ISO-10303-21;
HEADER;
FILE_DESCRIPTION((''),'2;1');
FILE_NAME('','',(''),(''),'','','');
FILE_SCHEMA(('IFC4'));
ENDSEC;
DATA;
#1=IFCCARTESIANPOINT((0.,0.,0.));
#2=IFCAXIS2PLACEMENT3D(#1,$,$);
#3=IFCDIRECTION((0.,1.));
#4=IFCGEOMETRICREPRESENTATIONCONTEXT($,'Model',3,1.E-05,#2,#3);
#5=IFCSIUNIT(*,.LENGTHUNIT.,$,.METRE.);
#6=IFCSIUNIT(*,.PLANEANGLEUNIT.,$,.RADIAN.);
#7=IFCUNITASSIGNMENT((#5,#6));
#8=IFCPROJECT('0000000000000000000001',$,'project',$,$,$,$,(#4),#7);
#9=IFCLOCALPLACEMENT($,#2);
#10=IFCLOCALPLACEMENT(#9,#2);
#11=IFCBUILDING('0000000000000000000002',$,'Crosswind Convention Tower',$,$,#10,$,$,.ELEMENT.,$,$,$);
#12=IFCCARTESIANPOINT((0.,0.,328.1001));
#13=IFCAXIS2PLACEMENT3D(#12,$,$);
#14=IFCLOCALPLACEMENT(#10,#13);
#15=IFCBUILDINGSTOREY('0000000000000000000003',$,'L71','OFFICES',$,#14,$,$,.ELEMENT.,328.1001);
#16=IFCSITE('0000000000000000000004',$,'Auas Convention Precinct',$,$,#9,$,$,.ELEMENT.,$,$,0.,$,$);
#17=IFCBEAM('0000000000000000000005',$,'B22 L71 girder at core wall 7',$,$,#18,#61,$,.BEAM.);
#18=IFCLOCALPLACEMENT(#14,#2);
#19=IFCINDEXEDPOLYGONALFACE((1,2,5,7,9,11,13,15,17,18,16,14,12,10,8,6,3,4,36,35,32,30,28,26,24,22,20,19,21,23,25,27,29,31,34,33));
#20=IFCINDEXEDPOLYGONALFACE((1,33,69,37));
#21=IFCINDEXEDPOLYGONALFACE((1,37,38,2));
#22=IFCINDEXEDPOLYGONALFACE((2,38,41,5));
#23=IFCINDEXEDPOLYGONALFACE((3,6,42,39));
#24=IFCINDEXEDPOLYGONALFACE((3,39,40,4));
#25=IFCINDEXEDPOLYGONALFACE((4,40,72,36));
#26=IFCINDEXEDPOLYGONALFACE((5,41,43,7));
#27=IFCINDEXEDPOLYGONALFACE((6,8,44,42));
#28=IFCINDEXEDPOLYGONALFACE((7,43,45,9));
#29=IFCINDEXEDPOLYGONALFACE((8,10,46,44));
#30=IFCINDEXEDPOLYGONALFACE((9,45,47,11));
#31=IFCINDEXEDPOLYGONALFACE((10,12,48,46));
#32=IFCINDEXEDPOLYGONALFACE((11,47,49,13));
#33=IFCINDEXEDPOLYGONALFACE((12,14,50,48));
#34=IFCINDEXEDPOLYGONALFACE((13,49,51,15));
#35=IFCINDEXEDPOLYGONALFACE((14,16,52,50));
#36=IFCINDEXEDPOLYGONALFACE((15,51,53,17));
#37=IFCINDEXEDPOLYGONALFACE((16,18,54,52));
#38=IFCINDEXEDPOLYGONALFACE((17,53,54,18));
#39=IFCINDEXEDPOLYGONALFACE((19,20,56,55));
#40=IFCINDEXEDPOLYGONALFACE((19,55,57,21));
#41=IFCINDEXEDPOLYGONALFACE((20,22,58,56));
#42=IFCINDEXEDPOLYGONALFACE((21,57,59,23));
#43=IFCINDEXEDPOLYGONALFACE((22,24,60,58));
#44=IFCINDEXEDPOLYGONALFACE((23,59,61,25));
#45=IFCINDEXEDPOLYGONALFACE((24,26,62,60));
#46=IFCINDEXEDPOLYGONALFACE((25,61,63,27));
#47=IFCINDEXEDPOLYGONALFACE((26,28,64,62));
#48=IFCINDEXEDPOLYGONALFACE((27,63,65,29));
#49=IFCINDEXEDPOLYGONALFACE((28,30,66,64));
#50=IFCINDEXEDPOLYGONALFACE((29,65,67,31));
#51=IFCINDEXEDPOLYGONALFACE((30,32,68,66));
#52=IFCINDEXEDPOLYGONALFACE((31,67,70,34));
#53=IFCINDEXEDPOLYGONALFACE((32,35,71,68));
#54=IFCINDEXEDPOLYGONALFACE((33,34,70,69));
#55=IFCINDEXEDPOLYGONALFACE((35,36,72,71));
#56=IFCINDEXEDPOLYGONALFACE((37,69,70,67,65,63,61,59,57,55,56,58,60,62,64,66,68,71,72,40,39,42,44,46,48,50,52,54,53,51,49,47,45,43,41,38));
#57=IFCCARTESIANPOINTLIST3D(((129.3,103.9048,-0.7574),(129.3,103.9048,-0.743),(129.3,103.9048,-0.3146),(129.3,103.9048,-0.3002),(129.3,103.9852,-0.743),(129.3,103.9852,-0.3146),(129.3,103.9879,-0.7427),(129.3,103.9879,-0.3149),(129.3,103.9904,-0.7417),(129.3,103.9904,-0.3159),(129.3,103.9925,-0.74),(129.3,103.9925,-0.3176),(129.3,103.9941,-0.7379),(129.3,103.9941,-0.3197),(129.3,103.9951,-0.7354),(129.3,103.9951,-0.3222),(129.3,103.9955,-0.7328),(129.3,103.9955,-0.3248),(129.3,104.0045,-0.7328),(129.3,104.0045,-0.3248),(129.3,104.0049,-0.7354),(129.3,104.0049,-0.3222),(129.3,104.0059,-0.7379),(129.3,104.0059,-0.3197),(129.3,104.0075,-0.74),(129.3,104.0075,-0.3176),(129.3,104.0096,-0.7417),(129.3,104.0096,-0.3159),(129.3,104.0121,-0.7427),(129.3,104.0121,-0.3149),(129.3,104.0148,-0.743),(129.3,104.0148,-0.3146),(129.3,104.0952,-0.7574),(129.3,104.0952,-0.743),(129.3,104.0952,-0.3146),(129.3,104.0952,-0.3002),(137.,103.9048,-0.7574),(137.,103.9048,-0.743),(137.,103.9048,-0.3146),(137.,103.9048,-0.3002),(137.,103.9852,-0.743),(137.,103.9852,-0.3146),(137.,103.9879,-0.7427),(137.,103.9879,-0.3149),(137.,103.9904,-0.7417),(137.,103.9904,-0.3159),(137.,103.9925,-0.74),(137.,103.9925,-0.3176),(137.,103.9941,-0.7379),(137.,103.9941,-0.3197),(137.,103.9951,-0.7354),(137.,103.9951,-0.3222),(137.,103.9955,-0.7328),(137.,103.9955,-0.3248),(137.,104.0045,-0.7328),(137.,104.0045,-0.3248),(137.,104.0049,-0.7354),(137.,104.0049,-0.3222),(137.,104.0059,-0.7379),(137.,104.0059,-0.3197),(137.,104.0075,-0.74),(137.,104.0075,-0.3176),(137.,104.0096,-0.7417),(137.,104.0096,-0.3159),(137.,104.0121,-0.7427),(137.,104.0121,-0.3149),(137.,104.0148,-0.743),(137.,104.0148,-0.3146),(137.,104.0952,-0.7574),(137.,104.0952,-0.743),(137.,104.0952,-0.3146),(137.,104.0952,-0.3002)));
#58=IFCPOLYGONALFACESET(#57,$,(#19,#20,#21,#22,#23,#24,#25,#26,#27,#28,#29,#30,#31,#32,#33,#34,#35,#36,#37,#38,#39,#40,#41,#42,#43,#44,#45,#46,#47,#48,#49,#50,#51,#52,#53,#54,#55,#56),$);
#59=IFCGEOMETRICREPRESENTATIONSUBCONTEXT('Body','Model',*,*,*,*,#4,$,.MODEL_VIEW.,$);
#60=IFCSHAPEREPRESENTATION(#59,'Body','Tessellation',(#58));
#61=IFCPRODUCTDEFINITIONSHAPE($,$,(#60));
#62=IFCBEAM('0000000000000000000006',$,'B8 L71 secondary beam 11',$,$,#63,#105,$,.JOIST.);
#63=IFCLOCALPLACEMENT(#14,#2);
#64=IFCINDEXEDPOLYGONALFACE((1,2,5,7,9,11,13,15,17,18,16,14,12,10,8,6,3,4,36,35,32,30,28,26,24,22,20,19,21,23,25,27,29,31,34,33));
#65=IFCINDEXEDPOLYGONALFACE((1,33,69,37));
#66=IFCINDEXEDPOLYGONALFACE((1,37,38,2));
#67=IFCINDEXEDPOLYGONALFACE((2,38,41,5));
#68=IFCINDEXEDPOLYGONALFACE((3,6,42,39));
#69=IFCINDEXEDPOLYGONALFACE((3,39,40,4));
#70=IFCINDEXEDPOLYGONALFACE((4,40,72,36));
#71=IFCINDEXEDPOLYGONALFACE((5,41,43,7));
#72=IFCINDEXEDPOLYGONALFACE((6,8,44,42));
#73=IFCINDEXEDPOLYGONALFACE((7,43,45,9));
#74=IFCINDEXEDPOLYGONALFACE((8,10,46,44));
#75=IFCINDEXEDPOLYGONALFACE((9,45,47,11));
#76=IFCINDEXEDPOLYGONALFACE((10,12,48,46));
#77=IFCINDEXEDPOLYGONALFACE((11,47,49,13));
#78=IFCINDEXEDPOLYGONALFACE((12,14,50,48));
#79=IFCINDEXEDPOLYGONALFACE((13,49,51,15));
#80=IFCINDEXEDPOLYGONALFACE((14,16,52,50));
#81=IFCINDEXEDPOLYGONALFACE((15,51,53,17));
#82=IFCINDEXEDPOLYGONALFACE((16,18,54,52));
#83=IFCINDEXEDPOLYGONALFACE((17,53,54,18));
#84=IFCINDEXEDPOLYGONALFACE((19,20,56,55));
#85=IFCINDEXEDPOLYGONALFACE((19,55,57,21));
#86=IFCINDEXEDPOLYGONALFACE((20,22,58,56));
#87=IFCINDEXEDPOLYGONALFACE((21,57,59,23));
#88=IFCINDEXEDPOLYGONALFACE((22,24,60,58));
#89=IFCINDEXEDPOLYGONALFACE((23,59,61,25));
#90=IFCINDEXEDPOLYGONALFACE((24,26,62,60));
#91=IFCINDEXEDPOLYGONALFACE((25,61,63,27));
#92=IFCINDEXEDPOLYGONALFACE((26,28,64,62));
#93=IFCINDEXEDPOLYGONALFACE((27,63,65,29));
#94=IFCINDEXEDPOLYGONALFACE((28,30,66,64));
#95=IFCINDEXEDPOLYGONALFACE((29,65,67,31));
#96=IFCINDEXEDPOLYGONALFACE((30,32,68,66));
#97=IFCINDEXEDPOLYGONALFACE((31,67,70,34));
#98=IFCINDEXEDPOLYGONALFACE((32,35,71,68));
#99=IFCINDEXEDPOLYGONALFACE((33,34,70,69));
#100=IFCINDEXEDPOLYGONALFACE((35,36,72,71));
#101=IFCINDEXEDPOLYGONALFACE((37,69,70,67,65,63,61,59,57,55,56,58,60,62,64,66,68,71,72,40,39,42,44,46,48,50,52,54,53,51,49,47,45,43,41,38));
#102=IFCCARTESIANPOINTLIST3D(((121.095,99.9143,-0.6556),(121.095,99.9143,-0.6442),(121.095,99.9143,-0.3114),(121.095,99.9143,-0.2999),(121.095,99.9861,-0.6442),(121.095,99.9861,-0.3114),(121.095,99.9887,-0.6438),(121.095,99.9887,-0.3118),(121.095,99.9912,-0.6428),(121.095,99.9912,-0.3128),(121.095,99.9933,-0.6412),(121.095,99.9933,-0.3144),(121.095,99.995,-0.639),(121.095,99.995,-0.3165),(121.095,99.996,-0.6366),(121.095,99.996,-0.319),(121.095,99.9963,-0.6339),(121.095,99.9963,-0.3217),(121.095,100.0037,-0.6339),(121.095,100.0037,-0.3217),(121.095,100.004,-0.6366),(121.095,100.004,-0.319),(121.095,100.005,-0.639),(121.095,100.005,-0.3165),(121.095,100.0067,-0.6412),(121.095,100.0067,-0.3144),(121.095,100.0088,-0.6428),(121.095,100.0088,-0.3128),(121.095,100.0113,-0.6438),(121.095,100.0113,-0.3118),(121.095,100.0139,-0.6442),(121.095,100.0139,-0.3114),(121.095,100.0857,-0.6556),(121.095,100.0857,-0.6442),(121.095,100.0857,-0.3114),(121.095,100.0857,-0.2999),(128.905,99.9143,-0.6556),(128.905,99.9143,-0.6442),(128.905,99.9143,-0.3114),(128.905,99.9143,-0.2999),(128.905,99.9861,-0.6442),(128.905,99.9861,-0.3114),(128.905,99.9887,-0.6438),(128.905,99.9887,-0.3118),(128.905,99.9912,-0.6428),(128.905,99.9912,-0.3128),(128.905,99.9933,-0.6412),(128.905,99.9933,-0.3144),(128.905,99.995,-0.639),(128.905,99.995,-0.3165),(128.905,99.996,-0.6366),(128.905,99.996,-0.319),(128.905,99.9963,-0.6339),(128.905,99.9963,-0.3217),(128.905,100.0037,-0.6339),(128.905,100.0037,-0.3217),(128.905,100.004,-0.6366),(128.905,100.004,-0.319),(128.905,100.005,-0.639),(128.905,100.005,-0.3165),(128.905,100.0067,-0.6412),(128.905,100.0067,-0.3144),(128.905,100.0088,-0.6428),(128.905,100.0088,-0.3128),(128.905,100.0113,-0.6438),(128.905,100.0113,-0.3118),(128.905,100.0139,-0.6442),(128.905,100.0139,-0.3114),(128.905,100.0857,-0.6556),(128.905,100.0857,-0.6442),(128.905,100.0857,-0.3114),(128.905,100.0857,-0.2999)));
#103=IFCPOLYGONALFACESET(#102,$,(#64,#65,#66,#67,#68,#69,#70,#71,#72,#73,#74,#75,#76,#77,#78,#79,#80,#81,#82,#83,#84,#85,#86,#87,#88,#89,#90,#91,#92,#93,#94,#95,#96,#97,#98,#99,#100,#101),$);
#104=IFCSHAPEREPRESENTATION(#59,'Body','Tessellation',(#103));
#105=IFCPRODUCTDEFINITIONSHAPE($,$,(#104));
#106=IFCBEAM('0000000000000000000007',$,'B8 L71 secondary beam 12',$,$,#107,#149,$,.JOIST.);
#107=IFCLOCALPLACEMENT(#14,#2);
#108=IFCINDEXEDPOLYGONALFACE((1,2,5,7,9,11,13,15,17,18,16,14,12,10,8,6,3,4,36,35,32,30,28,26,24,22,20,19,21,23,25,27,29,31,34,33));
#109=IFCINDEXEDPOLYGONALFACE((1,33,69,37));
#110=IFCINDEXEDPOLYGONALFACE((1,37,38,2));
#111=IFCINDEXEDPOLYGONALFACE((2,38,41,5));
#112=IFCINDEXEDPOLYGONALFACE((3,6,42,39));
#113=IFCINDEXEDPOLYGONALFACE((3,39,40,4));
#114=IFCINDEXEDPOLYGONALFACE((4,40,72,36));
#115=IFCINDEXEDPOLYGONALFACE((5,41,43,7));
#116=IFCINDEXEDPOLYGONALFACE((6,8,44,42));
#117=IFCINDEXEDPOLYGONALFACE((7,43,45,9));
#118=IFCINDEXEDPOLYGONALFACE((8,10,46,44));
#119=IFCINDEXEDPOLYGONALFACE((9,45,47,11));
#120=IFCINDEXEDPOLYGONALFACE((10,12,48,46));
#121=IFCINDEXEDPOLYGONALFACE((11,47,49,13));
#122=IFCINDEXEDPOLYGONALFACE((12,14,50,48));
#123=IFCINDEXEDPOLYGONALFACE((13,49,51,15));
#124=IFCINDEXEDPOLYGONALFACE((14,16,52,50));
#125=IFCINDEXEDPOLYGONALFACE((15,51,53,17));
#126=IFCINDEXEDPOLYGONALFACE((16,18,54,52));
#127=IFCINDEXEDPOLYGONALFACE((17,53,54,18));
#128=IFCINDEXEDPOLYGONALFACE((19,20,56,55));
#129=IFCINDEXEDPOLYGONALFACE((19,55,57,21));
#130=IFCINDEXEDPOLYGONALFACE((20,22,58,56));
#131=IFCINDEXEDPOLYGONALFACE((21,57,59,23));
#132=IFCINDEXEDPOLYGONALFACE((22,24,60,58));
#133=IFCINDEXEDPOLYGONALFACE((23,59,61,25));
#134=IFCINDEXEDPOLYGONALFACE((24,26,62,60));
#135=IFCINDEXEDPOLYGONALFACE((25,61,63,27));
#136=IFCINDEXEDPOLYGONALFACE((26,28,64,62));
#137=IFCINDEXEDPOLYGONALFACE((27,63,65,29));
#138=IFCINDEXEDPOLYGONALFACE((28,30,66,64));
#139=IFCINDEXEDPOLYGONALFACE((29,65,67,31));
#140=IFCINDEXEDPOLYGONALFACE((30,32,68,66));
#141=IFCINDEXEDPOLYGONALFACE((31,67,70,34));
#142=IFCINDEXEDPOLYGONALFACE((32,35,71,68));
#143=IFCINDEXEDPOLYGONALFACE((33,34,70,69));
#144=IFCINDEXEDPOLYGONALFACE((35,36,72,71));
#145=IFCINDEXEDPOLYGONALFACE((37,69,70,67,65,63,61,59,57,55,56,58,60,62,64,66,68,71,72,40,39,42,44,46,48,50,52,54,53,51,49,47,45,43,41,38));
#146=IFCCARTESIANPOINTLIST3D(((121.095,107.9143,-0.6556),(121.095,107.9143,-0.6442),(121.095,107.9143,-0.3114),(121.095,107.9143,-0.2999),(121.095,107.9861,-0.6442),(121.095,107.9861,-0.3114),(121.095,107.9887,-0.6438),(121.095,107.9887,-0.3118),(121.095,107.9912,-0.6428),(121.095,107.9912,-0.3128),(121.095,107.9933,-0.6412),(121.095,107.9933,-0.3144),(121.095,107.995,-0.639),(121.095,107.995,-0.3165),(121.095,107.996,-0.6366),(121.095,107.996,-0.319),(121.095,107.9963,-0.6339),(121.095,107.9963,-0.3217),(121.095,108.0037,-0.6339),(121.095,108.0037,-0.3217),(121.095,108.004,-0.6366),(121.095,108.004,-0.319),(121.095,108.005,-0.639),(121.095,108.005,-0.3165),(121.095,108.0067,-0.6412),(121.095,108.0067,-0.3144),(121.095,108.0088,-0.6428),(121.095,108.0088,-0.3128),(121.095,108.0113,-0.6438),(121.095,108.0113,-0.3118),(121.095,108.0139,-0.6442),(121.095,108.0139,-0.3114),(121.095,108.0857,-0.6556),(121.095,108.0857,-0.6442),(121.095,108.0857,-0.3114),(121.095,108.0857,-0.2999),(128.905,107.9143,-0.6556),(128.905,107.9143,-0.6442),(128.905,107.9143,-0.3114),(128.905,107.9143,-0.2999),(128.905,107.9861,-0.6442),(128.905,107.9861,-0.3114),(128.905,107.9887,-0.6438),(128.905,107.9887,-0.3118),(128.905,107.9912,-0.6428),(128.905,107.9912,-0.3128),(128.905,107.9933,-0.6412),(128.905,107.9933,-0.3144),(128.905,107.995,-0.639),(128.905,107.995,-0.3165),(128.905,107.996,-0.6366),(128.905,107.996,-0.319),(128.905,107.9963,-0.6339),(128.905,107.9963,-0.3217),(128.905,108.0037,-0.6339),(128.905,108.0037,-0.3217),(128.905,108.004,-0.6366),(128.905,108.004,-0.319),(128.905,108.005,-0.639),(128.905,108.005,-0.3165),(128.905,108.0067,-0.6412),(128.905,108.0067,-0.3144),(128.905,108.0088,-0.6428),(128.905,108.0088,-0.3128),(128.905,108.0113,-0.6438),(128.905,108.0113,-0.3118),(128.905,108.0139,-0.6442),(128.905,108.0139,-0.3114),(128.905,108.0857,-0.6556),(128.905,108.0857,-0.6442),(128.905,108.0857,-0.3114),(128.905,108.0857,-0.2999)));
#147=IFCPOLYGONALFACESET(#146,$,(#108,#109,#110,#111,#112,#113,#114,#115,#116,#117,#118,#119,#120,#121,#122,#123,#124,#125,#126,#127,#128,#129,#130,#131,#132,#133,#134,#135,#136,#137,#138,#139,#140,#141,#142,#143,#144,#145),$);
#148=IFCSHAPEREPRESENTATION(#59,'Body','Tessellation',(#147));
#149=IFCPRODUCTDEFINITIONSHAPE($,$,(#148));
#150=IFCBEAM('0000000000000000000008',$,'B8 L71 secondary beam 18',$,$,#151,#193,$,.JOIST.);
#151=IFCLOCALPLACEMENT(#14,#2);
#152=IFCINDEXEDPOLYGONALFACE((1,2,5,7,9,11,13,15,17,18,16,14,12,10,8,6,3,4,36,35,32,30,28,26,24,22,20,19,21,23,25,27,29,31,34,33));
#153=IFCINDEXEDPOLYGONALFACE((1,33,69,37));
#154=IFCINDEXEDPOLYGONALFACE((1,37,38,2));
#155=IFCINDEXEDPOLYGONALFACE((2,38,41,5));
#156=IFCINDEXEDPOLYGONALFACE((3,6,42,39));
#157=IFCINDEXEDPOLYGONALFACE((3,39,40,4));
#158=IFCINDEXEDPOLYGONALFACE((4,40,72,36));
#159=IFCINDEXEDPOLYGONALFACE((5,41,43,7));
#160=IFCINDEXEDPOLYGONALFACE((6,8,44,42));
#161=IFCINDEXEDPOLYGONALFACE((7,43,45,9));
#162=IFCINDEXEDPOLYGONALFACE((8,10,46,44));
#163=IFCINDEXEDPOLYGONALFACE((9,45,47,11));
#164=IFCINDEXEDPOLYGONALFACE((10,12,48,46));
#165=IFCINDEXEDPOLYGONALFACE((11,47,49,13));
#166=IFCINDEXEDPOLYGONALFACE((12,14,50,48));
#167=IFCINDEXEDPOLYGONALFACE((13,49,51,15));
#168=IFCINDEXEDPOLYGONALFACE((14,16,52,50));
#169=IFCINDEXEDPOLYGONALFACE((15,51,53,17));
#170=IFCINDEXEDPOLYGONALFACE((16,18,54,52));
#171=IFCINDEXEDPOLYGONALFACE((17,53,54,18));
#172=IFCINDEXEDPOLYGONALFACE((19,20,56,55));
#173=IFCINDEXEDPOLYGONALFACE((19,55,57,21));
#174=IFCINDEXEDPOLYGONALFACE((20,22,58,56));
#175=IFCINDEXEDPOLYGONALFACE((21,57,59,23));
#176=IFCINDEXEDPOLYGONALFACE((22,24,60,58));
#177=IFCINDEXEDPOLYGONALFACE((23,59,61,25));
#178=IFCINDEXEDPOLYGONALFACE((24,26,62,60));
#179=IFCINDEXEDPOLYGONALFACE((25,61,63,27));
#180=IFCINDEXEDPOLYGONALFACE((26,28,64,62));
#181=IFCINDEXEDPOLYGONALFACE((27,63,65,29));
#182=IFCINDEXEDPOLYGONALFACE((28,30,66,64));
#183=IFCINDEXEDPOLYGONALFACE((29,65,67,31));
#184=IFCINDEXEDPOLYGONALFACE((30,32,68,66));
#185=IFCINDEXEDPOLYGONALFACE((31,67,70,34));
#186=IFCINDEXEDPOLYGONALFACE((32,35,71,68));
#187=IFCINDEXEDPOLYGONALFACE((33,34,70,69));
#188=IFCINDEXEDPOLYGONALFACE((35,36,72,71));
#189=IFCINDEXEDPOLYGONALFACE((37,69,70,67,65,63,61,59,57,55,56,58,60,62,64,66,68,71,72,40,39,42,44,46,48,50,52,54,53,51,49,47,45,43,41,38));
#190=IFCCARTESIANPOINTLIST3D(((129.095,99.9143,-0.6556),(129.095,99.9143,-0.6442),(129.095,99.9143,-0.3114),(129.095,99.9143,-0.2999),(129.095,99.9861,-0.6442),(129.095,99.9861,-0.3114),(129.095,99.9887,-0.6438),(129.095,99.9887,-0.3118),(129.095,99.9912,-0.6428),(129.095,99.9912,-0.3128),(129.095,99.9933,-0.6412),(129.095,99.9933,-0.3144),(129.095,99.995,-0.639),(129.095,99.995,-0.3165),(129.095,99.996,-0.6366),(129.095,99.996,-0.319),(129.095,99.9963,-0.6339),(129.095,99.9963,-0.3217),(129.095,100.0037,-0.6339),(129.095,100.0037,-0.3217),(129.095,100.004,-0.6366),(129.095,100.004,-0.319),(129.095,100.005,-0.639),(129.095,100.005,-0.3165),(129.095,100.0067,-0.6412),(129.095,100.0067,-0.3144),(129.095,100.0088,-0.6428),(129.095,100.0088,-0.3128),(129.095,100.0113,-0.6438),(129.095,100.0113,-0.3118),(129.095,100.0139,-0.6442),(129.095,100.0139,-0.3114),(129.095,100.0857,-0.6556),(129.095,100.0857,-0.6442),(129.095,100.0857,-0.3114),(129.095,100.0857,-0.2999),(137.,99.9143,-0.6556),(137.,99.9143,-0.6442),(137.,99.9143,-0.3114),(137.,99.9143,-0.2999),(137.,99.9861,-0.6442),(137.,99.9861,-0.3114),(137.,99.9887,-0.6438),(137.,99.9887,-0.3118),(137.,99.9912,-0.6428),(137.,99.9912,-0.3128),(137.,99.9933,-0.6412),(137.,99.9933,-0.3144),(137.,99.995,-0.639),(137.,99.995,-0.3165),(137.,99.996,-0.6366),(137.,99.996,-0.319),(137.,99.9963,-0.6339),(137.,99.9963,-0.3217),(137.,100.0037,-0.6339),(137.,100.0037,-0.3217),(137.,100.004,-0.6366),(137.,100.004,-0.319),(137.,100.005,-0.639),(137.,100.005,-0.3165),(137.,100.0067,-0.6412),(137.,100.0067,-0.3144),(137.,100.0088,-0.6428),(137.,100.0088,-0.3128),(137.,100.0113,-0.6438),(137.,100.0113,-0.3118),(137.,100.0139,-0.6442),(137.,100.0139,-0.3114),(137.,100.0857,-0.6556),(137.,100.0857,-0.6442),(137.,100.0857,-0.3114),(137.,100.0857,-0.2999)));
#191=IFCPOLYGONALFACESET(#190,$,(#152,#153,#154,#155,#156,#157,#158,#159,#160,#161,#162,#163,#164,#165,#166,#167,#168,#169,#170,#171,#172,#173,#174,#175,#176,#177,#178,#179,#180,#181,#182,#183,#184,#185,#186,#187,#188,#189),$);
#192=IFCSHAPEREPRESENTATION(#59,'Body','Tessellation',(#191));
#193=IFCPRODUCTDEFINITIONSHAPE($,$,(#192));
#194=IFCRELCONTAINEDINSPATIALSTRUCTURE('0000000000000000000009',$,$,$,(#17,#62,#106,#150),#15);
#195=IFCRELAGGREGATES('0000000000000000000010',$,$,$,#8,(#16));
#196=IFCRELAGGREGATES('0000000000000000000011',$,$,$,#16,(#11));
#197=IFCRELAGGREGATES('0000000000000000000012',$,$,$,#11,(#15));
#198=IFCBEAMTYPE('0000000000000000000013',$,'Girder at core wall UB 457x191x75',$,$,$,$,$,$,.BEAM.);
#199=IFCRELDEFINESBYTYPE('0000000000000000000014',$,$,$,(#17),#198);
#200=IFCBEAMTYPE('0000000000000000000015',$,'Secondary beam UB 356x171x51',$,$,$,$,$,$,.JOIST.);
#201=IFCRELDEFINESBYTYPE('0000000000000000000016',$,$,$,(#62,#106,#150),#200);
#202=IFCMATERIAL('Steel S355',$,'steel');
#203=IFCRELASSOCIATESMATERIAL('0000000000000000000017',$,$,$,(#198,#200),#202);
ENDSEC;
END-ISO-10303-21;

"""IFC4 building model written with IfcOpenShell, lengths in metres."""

from ifc_helpers import new_model, si_unit, direction, frame, origin, origin_2d, place, context, subcontext, project, spatial, i_section, extrude, material, material_profile, profile_set, type_object, element, save


model = new_model("IFC4")

# Units and contexts
model_context = context("Model", 3, precision=1e-05, world=origin(), true_north=direction((0.0, 1.0)))
body_context = subcontext(model_context, "Body", "Model", "MODEL_VIEW")
ifc_project = project(units=[si_unit("LENGTHUNIT", "METRE"), si_unit("PLANEANGLEUNIT", "RADIAN")], contexts=[model_context])

# Site, building, storey
site_placement = place(None, origin())
site = spatial("IfcSite", under=ifc_project, at=site_placement, Name="Auas Convention Precinct", CompositionType="ELEMENT", RefElevation=0.0)
building_placement = place(site_placement, origin())
building = spatial("IfcBuilding", under=site, at=building_placement, Name="Crosswind Convention Tower", CompositionType="ELEMENT")
storey_placement = place(building_placement, frame((0.0, 0.0, 328.1001)))
storey = spatial("IfcBuildingStorey", under=building, at=storey_placement, Name="L71", Description="OFFICES", CompositionType="ELEMENT", Elevation=328.1001)

# Beams
ifc_material_1 = material(Name="Steel S355", Category="steel")
ifc_material_profile_1 = material_profile(ifc_material_1, i_section(OverallWidth=0.1904, OverallDepth=0.4573, WebThickness=0.009, FlangeThickness=0.0144, FilletRadius=0.0103, at=origin_2d()), Name="UB 457x191x75")
ifc_profile_set_1 = profile_set([ifc_material_profile_1], Name="Steel S355")
beam_type_1 = type_object("IfcBeamType", Name="Girder at core wall UB 457x191x75", PredefinedType="BEAM", material=ifc_profile_set_1)
beam_placement = place(storey_placement, frame((129.3, 104.0, -0.5288), z_axis=(1.0, 0.0, 0.0), x_axis=(0.0, 1.0, 0.0)))
element("IfcBeam", 1, at=beam_placement, inside=storey, type_object=beam_type_1, Name="B22 L71 girder at core wall 7", PredefinedType="BEAM", context=body_context, shape_type="SweptSolid", body=[
    extrude(i_section(OverallWidth=0.1904, OverallDepth=0.4573, WebThickness=0.009, FlangeThickness=0.0144, FilletRadius=0.0103, at=origin_2d()), origin(), (0.0, 0.0, 1.0), 7.7),
])
ifc_material_profile_2 = material_profile(ifc_material_1, i_section(OverallWidth=0.1714, OverallDepth=0.3557, WebThickness=0.0073, FlangeThickness=0.0115, FilletRadius=0.0103, at=origin_2d()), Name="UB 356x171x51")
ifc_profile_set_2 = profile_set([ifc_material_profile_2], Name="Steel S355")
beam_type_2 = type_object("IfcBeamType", Name="Secondary beam UB 356x171x51", PredefinedType="JOIST", material=ifc_profile_set_2)
for number, where, z_axis, x_axis, name in (
    (2, (121.095, 100.0, -0.4778), (1.0, 0.0, 0.0), (0.0, 1.0, 0.0), "B8 L71 secondary beam 11"),
    (3, (121.095, 108.0, -0.4778), (1.0, 0.0, 0.0), (0.0, 1.0, 0.0), "B8 L71 secondary beam 12"),
):
    element("IfcBeam", number, at=place(storey_placement, frame(where, z_axis=z_axis, x_axis=x_axis)), inside=storey, type_object=beam_type_2, Name=name, PredefinedType="JOIST", context=body_context, shape_type="SweptSolid", body=[
        extrude(i_section(OverallWidth=0.1714, OverallDepth=0.3557, WebThickness=0.0073, FlangeThickness=0.0115, FilletRadius=0.0103, at=origin_2d()), origin(), (0.0, 0.0, 1.0), 7.8101),
    ])
for number, where, z_axis, x_axis, name in (
    (4, (129.095, 100.0, -0.4778), (1.0, 0.0, 0.0), (0.0, 1.0, 0.0), "B8 L71 secondary beam 18"),
):
    element("IfcBeam", number, at=place(storey_placement, frame(where, z_axis=z_axis, x_axis=x_axis)), inside=storey, type_object=beam_type_2, Name=name, PredefinedType="JOIST", context=body_context, shape_type="SweptSolid", body=[
        extrude(i_section(OverallWidth=0.1714, OverallDepth=0.3557, WebThickness=0.0073, FlangeThickness=0.0115, FilletRadius=0.0103, at=origin_2d()), origin(), (0.0, 0.0, 1.0), 7.905),
    ])

save(model, "model.ifc")
